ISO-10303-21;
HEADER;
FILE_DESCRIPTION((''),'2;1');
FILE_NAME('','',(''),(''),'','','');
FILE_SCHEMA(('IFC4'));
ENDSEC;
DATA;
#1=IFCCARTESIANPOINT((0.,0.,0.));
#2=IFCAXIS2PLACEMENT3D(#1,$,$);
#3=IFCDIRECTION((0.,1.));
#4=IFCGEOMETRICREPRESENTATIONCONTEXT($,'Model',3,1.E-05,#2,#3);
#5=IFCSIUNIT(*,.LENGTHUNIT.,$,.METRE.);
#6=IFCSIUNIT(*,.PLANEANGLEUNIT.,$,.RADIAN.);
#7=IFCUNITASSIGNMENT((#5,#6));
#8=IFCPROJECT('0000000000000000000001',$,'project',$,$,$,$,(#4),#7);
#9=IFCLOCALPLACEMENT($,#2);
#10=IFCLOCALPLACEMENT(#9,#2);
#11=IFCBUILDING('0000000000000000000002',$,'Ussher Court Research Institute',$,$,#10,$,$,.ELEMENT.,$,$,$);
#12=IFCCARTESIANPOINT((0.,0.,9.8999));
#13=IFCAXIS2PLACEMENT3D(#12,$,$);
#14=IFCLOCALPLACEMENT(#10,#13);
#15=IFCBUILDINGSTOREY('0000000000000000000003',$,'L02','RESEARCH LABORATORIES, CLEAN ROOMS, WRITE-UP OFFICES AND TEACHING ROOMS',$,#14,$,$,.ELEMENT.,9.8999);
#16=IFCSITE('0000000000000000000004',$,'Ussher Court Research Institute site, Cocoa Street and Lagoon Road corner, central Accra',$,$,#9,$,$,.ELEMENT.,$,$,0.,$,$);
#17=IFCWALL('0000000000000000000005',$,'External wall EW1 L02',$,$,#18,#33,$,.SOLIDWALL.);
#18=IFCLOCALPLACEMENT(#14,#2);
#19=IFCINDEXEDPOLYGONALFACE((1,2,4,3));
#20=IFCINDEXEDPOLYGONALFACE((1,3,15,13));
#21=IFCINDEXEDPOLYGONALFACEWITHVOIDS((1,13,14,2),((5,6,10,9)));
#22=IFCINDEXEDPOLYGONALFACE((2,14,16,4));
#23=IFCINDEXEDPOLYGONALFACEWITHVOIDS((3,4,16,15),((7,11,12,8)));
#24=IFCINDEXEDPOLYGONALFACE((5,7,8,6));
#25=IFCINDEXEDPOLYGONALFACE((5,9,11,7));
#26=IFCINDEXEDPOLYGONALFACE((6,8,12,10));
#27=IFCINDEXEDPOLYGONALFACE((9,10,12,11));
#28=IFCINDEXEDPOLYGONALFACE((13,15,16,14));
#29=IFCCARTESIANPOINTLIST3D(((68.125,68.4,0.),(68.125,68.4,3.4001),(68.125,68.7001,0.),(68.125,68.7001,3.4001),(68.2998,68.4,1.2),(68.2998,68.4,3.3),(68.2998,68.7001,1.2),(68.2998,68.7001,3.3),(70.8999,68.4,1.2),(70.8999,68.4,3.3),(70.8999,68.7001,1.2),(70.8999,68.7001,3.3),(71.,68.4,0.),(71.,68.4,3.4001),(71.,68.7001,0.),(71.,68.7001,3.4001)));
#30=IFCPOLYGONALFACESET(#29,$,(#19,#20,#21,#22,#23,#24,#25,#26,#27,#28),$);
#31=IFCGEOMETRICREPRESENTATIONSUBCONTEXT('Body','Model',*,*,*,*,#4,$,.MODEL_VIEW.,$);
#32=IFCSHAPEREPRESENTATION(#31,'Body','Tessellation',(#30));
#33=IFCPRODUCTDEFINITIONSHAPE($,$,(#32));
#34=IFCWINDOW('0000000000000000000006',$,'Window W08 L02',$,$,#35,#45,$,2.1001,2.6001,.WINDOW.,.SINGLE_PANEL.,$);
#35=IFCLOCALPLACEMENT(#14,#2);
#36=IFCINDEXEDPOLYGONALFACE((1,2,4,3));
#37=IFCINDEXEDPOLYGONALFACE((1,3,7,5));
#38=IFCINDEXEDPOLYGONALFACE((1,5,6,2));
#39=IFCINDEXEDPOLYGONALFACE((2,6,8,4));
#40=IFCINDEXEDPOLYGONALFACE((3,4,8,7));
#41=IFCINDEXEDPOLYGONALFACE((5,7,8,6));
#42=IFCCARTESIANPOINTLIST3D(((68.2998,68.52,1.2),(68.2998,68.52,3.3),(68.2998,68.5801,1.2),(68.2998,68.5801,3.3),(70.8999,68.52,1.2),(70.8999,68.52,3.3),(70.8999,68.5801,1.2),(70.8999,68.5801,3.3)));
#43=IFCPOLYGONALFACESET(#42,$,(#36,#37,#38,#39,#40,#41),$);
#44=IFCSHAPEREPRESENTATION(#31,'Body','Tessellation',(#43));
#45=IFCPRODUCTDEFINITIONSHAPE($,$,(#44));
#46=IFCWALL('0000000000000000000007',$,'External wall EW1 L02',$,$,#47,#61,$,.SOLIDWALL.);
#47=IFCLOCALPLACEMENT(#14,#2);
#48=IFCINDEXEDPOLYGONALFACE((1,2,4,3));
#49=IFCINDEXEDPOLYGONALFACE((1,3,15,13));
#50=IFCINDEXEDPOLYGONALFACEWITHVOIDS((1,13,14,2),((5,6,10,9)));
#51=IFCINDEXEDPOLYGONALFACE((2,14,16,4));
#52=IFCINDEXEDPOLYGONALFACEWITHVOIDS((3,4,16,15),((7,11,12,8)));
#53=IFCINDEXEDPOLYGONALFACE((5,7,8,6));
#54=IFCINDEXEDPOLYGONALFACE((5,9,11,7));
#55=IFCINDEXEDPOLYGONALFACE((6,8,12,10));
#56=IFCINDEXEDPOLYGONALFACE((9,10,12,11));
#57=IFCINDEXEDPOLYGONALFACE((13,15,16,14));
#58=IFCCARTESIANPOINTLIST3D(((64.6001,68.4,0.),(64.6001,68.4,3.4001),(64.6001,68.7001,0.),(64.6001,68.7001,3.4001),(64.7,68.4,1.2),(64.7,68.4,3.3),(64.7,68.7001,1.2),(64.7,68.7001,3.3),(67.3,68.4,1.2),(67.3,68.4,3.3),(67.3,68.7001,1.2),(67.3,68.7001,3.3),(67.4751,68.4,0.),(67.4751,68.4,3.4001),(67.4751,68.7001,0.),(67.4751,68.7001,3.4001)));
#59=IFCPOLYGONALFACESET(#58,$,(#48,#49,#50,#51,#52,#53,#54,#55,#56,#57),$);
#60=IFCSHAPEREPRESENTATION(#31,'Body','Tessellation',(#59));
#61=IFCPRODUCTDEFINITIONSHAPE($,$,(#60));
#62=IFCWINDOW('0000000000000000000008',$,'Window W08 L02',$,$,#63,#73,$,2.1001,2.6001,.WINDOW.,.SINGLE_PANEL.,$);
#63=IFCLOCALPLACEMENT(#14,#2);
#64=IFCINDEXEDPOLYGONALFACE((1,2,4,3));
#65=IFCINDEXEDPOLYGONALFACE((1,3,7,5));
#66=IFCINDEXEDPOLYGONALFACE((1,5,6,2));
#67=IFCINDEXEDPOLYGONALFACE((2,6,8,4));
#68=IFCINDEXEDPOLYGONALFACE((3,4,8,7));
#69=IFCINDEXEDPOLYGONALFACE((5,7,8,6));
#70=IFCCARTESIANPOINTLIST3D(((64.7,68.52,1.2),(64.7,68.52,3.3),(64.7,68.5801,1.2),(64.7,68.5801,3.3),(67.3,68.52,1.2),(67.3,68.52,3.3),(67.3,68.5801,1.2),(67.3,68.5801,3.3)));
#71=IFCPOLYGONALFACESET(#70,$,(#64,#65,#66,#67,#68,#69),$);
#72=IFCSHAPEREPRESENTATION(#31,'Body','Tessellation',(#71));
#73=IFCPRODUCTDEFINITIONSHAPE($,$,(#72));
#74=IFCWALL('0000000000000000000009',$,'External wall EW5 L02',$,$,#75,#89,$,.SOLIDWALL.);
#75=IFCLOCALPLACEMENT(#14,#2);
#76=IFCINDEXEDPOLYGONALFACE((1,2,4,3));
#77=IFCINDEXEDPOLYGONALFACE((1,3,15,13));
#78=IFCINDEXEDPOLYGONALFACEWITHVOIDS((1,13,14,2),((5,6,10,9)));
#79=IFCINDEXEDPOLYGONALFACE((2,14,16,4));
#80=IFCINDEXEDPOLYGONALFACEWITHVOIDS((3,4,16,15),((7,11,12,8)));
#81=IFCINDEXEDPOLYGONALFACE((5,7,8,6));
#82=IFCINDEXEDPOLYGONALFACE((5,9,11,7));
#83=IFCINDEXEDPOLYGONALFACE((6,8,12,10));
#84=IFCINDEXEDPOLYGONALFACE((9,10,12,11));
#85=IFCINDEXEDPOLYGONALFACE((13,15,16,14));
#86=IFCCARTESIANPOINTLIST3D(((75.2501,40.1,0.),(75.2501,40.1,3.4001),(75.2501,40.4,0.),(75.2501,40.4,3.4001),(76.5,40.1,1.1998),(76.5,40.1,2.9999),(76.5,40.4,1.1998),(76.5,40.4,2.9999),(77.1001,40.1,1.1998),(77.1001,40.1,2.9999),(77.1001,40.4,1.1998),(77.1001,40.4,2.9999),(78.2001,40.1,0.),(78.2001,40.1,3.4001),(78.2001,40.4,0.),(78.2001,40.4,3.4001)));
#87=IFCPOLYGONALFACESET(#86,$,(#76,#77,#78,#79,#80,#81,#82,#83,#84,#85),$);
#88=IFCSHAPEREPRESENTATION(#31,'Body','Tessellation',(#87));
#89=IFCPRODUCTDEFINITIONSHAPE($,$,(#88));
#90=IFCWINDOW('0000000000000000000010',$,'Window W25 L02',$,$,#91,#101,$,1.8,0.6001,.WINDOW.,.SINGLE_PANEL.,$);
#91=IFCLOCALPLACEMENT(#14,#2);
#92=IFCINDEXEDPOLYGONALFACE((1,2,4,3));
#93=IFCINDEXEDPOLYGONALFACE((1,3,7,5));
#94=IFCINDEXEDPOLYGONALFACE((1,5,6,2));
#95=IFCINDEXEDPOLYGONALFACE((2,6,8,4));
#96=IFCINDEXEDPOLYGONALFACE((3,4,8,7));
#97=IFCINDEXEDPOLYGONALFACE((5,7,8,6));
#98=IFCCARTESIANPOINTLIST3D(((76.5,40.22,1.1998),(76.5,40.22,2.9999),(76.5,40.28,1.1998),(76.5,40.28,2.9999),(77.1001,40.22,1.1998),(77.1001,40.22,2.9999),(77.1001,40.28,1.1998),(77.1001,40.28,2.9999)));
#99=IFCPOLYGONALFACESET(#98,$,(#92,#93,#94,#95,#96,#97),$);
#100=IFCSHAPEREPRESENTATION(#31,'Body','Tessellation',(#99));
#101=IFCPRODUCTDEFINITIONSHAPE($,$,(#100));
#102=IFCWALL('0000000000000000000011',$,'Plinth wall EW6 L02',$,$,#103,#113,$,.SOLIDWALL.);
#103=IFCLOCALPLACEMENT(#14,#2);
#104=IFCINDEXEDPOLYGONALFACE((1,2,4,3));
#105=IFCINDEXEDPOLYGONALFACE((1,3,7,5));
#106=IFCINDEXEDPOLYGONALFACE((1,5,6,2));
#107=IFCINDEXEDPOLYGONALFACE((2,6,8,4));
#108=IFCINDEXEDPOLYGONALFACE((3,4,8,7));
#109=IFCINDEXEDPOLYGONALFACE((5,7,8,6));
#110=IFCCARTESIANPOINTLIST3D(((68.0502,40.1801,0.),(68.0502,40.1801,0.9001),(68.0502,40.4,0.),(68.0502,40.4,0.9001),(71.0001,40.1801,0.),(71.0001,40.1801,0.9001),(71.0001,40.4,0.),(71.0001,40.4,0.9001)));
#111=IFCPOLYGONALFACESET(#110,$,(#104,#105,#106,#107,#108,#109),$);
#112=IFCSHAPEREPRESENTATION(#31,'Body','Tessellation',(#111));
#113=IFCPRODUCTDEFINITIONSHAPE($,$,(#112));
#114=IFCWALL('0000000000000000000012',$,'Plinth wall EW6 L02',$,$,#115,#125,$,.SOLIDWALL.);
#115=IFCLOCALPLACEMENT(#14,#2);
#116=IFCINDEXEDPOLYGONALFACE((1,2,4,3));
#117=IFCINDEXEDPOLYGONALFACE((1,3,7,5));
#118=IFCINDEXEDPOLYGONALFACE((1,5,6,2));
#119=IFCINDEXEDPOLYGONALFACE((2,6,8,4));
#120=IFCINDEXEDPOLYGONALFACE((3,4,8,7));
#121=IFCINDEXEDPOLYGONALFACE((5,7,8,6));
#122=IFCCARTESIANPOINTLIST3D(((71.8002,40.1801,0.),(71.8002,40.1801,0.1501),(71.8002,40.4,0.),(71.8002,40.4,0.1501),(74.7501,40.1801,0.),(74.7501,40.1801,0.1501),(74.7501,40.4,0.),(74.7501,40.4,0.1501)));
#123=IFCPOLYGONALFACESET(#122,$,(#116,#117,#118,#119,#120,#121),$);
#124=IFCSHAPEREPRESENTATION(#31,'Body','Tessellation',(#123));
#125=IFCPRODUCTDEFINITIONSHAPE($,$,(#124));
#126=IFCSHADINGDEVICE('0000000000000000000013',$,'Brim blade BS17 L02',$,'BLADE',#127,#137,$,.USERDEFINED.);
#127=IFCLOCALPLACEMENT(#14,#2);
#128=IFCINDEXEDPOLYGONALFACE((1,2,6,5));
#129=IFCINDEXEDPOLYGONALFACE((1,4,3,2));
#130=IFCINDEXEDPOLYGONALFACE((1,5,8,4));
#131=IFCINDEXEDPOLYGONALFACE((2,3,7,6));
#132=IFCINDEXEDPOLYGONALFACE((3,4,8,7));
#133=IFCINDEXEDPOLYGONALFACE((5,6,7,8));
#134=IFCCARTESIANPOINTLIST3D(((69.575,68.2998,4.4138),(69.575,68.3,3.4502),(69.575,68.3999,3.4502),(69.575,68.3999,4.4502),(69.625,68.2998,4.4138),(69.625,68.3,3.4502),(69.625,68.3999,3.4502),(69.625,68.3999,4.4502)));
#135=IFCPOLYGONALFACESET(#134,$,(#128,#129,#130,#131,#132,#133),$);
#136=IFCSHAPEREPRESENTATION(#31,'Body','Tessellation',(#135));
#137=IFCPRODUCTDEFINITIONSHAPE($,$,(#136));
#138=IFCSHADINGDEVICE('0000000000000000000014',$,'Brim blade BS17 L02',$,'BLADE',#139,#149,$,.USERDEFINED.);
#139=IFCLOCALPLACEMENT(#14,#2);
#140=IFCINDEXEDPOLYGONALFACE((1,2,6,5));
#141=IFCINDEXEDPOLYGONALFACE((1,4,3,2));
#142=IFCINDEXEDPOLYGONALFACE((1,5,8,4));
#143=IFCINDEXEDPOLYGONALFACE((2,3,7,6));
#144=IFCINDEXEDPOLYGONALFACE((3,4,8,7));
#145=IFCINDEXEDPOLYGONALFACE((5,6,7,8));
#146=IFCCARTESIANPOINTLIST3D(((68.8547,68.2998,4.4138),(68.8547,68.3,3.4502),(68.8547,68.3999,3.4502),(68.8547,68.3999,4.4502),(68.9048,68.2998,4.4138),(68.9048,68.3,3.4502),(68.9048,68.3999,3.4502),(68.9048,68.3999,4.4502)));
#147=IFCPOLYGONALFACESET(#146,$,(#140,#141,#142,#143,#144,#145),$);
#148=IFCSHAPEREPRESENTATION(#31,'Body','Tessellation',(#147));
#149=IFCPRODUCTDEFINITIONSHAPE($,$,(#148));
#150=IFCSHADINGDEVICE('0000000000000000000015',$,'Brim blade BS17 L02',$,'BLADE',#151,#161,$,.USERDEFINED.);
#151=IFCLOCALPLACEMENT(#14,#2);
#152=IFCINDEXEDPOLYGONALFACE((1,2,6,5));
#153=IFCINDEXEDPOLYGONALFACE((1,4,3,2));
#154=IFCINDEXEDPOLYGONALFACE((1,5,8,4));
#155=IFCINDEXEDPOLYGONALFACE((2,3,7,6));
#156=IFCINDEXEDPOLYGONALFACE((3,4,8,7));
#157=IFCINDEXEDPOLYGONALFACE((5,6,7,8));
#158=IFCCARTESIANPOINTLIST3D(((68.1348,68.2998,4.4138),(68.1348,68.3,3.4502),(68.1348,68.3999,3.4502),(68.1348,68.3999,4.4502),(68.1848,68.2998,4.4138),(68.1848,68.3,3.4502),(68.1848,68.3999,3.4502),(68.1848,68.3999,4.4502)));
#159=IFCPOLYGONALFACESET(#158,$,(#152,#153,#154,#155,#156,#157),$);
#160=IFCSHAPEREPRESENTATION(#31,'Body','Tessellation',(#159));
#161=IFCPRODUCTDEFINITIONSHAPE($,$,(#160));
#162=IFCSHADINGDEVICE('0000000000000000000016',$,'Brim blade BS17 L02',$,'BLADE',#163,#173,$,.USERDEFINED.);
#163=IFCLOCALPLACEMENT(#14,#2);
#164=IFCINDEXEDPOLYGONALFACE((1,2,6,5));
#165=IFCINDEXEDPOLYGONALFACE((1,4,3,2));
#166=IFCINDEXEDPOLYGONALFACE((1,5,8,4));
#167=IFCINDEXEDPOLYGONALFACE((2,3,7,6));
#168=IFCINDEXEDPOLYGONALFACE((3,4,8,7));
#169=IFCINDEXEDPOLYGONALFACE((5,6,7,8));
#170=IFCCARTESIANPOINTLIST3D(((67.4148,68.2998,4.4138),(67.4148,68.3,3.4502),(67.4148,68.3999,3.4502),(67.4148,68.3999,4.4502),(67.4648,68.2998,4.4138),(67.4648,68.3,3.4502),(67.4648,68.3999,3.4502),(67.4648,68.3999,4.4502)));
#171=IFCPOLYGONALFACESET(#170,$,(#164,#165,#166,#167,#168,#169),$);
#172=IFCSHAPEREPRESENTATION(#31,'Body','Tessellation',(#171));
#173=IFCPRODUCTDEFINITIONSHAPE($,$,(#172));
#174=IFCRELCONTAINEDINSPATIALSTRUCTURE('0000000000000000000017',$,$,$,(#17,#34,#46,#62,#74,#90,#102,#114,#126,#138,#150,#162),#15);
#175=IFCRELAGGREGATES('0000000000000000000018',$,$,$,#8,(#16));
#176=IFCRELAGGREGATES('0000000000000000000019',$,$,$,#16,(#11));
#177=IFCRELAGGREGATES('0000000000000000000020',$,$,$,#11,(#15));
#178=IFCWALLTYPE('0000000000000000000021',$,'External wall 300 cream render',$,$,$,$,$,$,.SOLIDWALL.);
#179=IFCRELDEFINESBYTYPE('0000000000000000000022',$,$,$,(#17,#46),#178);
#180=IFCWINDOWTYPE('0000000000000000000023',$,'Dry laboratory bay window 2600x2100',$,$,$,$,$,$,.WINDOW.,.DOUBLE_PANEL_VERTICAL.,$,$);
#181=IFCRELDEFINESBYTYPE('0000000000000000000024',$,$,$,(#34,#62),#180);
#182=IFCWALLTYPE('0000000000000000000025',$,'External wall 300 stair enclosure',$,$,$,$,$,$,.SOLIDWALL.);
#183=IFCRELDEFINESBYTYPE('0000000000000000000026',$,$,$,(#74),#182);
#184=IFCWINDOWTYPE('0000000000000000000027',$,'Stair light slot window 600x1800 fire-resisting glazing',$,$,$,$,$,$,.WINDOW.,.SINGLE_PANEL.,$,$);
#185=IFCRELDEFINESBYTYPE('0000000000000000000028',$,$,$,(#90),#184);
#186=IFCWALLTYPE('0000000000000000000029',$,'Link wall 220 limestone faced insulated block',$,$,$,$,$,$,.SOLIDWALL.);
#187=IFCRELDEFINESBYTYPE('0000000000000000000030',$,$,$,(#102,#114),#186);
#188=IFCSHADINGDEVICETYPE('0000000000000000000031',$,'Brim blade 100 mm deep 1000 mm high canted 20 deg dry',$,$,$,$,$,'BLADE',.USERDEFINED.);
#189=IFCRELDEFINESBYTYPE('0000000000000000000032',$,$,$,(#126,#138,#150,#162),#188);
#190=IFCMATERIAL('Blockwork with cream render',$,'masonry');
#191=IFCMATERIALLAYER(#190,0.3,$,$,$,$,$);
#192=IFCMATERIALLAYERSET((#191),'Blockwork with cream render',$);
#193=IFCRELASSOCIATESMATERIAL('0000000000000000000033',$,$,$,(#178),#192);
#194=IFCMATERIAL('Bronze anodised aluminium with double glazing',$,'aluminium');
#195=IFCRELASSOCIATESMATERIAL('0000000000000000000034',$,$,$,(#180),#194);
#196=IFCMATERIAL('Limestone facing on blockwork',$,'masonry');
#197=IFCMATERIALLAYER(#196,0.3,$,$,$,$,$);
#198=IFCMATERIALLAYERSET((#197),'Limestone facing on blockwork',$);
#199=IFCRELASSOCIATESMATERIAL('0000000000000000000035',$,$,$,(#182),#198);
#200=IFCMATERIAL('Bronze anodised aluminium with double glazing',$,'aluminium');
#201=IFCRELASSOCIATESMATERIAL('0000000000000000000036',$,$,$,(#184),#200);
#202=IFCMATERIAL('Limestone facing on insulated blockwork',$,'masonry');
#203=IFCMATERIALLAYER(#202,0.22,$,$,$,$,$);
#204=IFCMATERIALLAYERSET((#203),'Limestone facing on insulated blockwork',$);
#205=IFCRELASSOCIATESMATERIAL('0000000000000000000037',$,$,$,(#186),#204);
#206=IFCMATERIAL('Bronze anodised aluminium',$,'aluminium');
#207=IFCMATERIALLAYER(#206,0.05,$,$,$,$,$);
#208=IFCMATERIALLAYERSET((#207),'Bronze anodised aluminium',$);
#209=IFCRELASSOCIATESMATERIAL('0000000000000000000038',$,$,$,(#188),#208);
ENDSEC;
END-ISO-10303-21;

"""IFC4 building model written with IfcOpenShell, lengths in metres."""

from ifc_helpers import new_model, si_unit, direction, frame, frame_2d, origin, place, context, subcontext, project, spatial, polyline, rectangle, outline, extrude, material, layer, layer_set, type_object, element, fill, save


model = new_model("IFC4")

# Units and contexts
model_context = context("Model", 3, precision=1e-05, world=origin(), true_north=direction((0.0, 1.0)))
body_context = subcontext(model_context, "Body", "Model", "MODEL_VIEW")
ifc_project = project(units=[si_unit("LENGTHUNIT", "METRE"), si_unit("PLANEANGLEUNIT", "RADIAN")], contexts=[model_context])

# Site, building, storey
site_placement = place(None, origin())
site = spatial("IfcSite", under=ifc_project, at=site_placement, Name="Ussher Court Research Institute site, Cocoa Street and Lagoon Road corner, central Accra", CompositionType="ELEMENT", RefElevation=0.0)
building_placement = place(site_placement, origin())
building = spatial("IfcBuilding", under=site, at=building_placement, Name="Ussher Court Research Institute", CompositionType="ELEMENT")
storey_placement = place(building_placement, frame((0.0, 0.0, 9.8999)))
storey = spatial("IfcBuildingStorey", under=building, at=storey_placement, Name="L02", Description="RESEARCH LABORATORIES, CLEAN ROOMS, WRITE-UP OFFICES AND TEACHING ROOMS", CompositionType="ELEMENT", Elevation=9.8999)

# Walls, openings, windows
ifc_material_1 = material(Name="Blockwork with cream render", Category="masonry")
ifc_layer_1 = layer(ifc_material_1, 0.3)
ifc_layer_set_1 = layer_set([ifc_layer_1], Name="Blockwork with cream render")
wall_type_1 = type_object("IfcWallType", Name="External wall 300 cream render", PredefinedType="SOLIDWALL", material=ifc_layer_set_1)
ifc_material_2 = material(Name="Bronze anodised aluminium with double glazing", Category="aluminium")
window_type_1 = type_object("IfcWindowType", Name="Dry laboratory bay window 2600x2100", PartitioningType="DOUBLE_PANEL_VERTICAL", PredefinedType="WINDOW", material=ifc_material_2)
wall_1_placement = place(storey_placement, frame((71.0, 68.55, 0.0), z_axis=(0.0, 0.0, 1.0), x_axis=(-1.0, 0.0, 0.0)))
wall_1 = element("IfcWall", 1, at=wall_1_placement, inside=storey, type_object=wall_type_1, Name="External wall EW1 L02", PredefinedType="SOLIDWALL", context=body_context, shape_type="SweptSolid", body=[
    extrude(rectangle(XDim=2.875, YDim=0.3, at=frame_2d((1.4375, 0.0))), origin(), (0.0, 0.0, 1.0), 3.4001),
])
opening_1_placement = place(wall_1_placement, frame((0.1001, 0.0, 1.2)))
opening_1 = element("IfcOpeningElement", 2, at=opening_1_placement, cuts=wall_1, PredefinedType="OPENING", context=body_context, shape_type="SweptSolid", body=[
    extrude(rectangle(XDim=2.6001, YDim=2.1001, at=frame_2d((1.3, 1.05))), frame((0.0, 0.1602, 0.0), z_axis=(0.0, -1.0, 0.0), x_axis=(1.0, 0.0, 0.0)), (0.0, 0.0, 1.0), 0.3201),
])
window_1_placement = place(opening_1_placement, origin())
window_1 = element("IfcWindow", 3, at=window_1_placement, inside=storey, type_object=window_type_1, Name="Window W08 L02", OverallHeight=2.1001, OverallWidth=2.6001, PartitioningType="SINGLE_PANEL", PredefinedType="WINDOW", context=body_context, shape_type="SweptSolid", body=[
    extrude(rectangle(XDim=2.6001, YDim=2.1001, at=frame_2d((1.3, 1.05))), frame((0.0, 0.03, 0.0), z_axis=(0.0, -1.0, 0.0), x_axis=(1.0, 0.0, 0.0)), (0.0, 0.0, 1.0), 0.0601),
])
fill(opening_1, window_1)
wall_2_placement = place(storey_placement, frame((67.4751, 68.55, 0.0), z_axis=(0.0, 0.0, 1.0), x_axis=(-1.0, 0.0, 0.0)))
wall_2 = element("IfcWall", 4, at=wall_2_placement, inside=storey, type_object=wall_type_1, Name="External wall EW1 L02", PredefinedType="SOLIDWALL", context=body_context, shape_type="SweptSolid", body=[
    extrude(rectangle(XDim=2.875, YDim=0.3, at=frame_2d((1.4375, 0.0))), origin(), (0.0, 0.0, 1.0), 3.4001),
])
opening_2_placement = place(wall_2_placement, frame((0.175, 0.0, 1.2)))
opening_2 = element("IfcOpeningElement", 5, at=opening_2_placement, cuts=wall_2, PredefinedType="OPENING", context=body_context, shape_type="SweptSolid", body=[
    extrude(rectangle(XDim=2.6001, YDim=2.1001, at=frame_2d((1.3, 1.05))), frame((0.0, 0.1602, 0.0), z_axis=(0.0, -1.0, 0.0), x_axis=(1.0, 0.0, 0.0)), (0.0, 0.0, 1.0), 0.3201),
])
window_2_placement = place(opening_2_placement, origin())
window_2 = element("IfcWindow", 6, at=window_2_placement, inside=storey, type_object=window_type_1, Name="Window W08 L02", OverallHeight=2.1001, OverallWidth=2.6001, PartitioningType="SINGLE_PANEL", PredefinedType="WINDOW", context=body_context, shape_type="SweptSolid", body=[
    extrude(rectangle(XDim=2.6001, YDim=2.1001, at=frame_2d((1.3, 1.05))), frame((0.0, 0.03, 0.0), z_axis=(0.0, -1.0, 0.0), x_axis=(1.0, 0.0, 0.0)), (0.0, 0.0, 1.0), 0.0601),
])
fill(opening_2, window_2)
ifc_material_3 = material(Name="Limestone facing on blockwork", Category="masonry")
ifc_layer_2 = layer(ifc_material_3, 0.3)
ifc_layer_set_2 = layer_set([ifc_layer_2], Name="Limestone facing on blockwork")
wall_type_2 = type_object("IfcWallType", Name="External wall 300 stair enclosure", PredefinedType="SOLIDWALL", material=ifc_layer_set_2)
wall_3_placement = place(storey_placement, frame((75.25, 40.25, 0.0), z_axis=(0.0, 0.0, 1.0), x_axis=(1.0, 0.0, 0.0)))
wall_3 = element("IfcWall", 7, at=wall_3_placement, inside=storey, type_object=wall_type_2, Name="External wall EW5 L02", PredefinedType="SOLIDWALL", context=body_context, shape_type="SweptSolid", body=[
    extrude(rectangle(XDim=2.95, YDim=0.3, at=frame_2d((1.4751, 0.0))), origin(), (0.0, 0.0, 1.0), 3.4001),
])
opening_3_placement = place(wall_3_placement, frame((1.25, 0.0, 1.2)))
opening_3 = element("IfcOpeningElement", 8, at=opening_3_placement, cuts=wall_3, PredefinedType="OPENING", context=body_context, shape_type="SweptSolid", body=[
    extrude(rectangle(XDim=0.6001, YDim=1.8, at=frame_2d((0.3, 0.8999))), frame((0.0, 0.1602, 0.0), z_axis=(0.0, -1.0, 0.0), x_axis=(1.0, 0.0, 0.0)), (0.0, 0.0, 1.0), 0.3201),
])
ifc_material_4 = material(Name="Bronze anodised aluminium with double glazing", Category="aluminium")
window_type_2 = type_object("IfcWindowType", Name="Stair light slot window 600x1800 fire-resisting glazing", PartitioningType="SINGLE_PANEL", PredefinedType="WINDOW", material=ifc_material_4)
window_3_placement = place(opening_3_placement, origin())
window_3 = element("IfcWindow", 9, at=window_3_placement, inside=storey, type_object=window_type_2, Name="Window W25 L02", OverallHeight=1.8, OverallWidth=0.6001, PartitioningType="SINGLE_PANEL", PredefinedType="WINDOW", context=body_context, shape_type="SweptSolid", body=[
    extrude(rectangle(XDim=0.6001, YDim=1.8, at=frame_2d((0.3, 0.8999))), frame((0.0, 0.03, 0.0), z_axis=(0.0, -1.0, 0.0), x_axis=(1.0, 0.0, 0.0)), (0.0, 0.0, 1.0), 0.0601),
])
fill(opening_3, window_3)

# Walls
ifc_material_5 = material(Name="Limestone facing on insulated blockwork", Category="masonry")
ifc_layer_3 = layer(ifc_material_5, 0.22)
ifc_layer_set_3 = layer_set([ifc_layer_3], Name="Limestone facing on insulated blockwork")
wall_type_3 = type_object("IfcWallType", Name="Link wall 220 limestone faced insulated block", PredefinedType="SOLIDWALL", material=ifc_layer_set_3)
wall_4_placement = place(storey_placement, frame((68.05, 40.29, 0.0), z_axis=(0.0, 0.0, 1.0), x_axis=(1.0, 0.0, 0.0)))
element("IfcWall", 10, at=wall_4_placement, inside=storey, type_object=wall_type_3, Name="Plinth wall EW6 L02", PredefinedType="SOLIDWALL", context=body_context, shape_type="SweptSolid", body=[
    extrude(rectangle(XDim=2.95, YDim=0.22, at=frame_2d((1.4751, 0.0))), origin(), (0.0, 0.0, 1.0), 0.9001),
])
wall_5_placement = place(storey_placement, frame((71.8, 40.29, 0.0), z_axis=(0.0, 0.0, 1.0), x_axis=(1.0, 0.0, 0.0)))
element("IfcWall", 11, at=wall_5_placement, inside=storey, type_object=wall_type_3, Name="Plinth wall EW6 L02", PredefinedType="SOLIDWALL", context=body_context, shape_type="SweptSolid", body=[
    extrude(rectangle(XDim=2.95, YDim=0.22, at=frame_2d((1.4751, 0.0))), origin(), (0.0, 0.0, 1.0), 0.1501),
])

# Shading devices
ifc_material_6 = material(Name="Bronze anodised aluminium", Category="aluminium")
ifc_layer_4 = layer(ifc_material_6, 0.05)
ifc_layer_set_4 = layer_set([ifc_layer_4], Name="Bronze anodised aluminium")
shading_device_type_1 = type_object("IfcShadingDeviceType", Name="Brim blade 100 mm deep 1000 mm high canted 20 deg dry", ElementType="BLADE", PredefinedType="USERDEFINED", material=ifc_layer_set_4)
for number, where, z_axis, x_axis, name in (
    (12, (69.6001, 68.3999, 3.4502), (0.0, 0.0, 1.0), (0.0, -1.0, 0.0), "Brim blade BS17 L02"),
    (13, (68.8799, 68.3999, 3.4502), (0.0, 0.0, 1.0), (0.0, -1.0, 0.0), "Brim blade BS17 L02"),
    (14, (68.1599, 68.3999, 3.4502), (0.0, 0.0, 1.0), (0.0, -1.0, 0.0), "Brim blade BS17 L02"),
    (15, (67.4399, 68.3999, 3.4502), (0.0, 0.0, 1.0), (0.0, -1.0, 0.0), "Brim blade BS17 L02"),
):
    element("IfcShadingDevice", number, at=place(storey_placement, frame(where, z_axis=z_axis, x_axis=x_axis)), inside=storey, type_object=shading_device_type_1, Name=name, ObjectType="BLADE", PredefinedType="USERDEFINED", context=body_context, shape_type="SweptSolid", body=[
        extrude(outline(polyline([(0.0, 0.0), (0.0999, 0.0), (0.1001, 0.9636), (0.0, 1.0), (0.0, 0.0)])), frame((0.0, 0.0249, 0.0), z_axis=(0.0, -1.0, 0.0), x_axis=(1.0, 0.0, 0.0)), (0.0, 0.0, 1.0), 0.05),
    ])

save(model, "model.ifc")
